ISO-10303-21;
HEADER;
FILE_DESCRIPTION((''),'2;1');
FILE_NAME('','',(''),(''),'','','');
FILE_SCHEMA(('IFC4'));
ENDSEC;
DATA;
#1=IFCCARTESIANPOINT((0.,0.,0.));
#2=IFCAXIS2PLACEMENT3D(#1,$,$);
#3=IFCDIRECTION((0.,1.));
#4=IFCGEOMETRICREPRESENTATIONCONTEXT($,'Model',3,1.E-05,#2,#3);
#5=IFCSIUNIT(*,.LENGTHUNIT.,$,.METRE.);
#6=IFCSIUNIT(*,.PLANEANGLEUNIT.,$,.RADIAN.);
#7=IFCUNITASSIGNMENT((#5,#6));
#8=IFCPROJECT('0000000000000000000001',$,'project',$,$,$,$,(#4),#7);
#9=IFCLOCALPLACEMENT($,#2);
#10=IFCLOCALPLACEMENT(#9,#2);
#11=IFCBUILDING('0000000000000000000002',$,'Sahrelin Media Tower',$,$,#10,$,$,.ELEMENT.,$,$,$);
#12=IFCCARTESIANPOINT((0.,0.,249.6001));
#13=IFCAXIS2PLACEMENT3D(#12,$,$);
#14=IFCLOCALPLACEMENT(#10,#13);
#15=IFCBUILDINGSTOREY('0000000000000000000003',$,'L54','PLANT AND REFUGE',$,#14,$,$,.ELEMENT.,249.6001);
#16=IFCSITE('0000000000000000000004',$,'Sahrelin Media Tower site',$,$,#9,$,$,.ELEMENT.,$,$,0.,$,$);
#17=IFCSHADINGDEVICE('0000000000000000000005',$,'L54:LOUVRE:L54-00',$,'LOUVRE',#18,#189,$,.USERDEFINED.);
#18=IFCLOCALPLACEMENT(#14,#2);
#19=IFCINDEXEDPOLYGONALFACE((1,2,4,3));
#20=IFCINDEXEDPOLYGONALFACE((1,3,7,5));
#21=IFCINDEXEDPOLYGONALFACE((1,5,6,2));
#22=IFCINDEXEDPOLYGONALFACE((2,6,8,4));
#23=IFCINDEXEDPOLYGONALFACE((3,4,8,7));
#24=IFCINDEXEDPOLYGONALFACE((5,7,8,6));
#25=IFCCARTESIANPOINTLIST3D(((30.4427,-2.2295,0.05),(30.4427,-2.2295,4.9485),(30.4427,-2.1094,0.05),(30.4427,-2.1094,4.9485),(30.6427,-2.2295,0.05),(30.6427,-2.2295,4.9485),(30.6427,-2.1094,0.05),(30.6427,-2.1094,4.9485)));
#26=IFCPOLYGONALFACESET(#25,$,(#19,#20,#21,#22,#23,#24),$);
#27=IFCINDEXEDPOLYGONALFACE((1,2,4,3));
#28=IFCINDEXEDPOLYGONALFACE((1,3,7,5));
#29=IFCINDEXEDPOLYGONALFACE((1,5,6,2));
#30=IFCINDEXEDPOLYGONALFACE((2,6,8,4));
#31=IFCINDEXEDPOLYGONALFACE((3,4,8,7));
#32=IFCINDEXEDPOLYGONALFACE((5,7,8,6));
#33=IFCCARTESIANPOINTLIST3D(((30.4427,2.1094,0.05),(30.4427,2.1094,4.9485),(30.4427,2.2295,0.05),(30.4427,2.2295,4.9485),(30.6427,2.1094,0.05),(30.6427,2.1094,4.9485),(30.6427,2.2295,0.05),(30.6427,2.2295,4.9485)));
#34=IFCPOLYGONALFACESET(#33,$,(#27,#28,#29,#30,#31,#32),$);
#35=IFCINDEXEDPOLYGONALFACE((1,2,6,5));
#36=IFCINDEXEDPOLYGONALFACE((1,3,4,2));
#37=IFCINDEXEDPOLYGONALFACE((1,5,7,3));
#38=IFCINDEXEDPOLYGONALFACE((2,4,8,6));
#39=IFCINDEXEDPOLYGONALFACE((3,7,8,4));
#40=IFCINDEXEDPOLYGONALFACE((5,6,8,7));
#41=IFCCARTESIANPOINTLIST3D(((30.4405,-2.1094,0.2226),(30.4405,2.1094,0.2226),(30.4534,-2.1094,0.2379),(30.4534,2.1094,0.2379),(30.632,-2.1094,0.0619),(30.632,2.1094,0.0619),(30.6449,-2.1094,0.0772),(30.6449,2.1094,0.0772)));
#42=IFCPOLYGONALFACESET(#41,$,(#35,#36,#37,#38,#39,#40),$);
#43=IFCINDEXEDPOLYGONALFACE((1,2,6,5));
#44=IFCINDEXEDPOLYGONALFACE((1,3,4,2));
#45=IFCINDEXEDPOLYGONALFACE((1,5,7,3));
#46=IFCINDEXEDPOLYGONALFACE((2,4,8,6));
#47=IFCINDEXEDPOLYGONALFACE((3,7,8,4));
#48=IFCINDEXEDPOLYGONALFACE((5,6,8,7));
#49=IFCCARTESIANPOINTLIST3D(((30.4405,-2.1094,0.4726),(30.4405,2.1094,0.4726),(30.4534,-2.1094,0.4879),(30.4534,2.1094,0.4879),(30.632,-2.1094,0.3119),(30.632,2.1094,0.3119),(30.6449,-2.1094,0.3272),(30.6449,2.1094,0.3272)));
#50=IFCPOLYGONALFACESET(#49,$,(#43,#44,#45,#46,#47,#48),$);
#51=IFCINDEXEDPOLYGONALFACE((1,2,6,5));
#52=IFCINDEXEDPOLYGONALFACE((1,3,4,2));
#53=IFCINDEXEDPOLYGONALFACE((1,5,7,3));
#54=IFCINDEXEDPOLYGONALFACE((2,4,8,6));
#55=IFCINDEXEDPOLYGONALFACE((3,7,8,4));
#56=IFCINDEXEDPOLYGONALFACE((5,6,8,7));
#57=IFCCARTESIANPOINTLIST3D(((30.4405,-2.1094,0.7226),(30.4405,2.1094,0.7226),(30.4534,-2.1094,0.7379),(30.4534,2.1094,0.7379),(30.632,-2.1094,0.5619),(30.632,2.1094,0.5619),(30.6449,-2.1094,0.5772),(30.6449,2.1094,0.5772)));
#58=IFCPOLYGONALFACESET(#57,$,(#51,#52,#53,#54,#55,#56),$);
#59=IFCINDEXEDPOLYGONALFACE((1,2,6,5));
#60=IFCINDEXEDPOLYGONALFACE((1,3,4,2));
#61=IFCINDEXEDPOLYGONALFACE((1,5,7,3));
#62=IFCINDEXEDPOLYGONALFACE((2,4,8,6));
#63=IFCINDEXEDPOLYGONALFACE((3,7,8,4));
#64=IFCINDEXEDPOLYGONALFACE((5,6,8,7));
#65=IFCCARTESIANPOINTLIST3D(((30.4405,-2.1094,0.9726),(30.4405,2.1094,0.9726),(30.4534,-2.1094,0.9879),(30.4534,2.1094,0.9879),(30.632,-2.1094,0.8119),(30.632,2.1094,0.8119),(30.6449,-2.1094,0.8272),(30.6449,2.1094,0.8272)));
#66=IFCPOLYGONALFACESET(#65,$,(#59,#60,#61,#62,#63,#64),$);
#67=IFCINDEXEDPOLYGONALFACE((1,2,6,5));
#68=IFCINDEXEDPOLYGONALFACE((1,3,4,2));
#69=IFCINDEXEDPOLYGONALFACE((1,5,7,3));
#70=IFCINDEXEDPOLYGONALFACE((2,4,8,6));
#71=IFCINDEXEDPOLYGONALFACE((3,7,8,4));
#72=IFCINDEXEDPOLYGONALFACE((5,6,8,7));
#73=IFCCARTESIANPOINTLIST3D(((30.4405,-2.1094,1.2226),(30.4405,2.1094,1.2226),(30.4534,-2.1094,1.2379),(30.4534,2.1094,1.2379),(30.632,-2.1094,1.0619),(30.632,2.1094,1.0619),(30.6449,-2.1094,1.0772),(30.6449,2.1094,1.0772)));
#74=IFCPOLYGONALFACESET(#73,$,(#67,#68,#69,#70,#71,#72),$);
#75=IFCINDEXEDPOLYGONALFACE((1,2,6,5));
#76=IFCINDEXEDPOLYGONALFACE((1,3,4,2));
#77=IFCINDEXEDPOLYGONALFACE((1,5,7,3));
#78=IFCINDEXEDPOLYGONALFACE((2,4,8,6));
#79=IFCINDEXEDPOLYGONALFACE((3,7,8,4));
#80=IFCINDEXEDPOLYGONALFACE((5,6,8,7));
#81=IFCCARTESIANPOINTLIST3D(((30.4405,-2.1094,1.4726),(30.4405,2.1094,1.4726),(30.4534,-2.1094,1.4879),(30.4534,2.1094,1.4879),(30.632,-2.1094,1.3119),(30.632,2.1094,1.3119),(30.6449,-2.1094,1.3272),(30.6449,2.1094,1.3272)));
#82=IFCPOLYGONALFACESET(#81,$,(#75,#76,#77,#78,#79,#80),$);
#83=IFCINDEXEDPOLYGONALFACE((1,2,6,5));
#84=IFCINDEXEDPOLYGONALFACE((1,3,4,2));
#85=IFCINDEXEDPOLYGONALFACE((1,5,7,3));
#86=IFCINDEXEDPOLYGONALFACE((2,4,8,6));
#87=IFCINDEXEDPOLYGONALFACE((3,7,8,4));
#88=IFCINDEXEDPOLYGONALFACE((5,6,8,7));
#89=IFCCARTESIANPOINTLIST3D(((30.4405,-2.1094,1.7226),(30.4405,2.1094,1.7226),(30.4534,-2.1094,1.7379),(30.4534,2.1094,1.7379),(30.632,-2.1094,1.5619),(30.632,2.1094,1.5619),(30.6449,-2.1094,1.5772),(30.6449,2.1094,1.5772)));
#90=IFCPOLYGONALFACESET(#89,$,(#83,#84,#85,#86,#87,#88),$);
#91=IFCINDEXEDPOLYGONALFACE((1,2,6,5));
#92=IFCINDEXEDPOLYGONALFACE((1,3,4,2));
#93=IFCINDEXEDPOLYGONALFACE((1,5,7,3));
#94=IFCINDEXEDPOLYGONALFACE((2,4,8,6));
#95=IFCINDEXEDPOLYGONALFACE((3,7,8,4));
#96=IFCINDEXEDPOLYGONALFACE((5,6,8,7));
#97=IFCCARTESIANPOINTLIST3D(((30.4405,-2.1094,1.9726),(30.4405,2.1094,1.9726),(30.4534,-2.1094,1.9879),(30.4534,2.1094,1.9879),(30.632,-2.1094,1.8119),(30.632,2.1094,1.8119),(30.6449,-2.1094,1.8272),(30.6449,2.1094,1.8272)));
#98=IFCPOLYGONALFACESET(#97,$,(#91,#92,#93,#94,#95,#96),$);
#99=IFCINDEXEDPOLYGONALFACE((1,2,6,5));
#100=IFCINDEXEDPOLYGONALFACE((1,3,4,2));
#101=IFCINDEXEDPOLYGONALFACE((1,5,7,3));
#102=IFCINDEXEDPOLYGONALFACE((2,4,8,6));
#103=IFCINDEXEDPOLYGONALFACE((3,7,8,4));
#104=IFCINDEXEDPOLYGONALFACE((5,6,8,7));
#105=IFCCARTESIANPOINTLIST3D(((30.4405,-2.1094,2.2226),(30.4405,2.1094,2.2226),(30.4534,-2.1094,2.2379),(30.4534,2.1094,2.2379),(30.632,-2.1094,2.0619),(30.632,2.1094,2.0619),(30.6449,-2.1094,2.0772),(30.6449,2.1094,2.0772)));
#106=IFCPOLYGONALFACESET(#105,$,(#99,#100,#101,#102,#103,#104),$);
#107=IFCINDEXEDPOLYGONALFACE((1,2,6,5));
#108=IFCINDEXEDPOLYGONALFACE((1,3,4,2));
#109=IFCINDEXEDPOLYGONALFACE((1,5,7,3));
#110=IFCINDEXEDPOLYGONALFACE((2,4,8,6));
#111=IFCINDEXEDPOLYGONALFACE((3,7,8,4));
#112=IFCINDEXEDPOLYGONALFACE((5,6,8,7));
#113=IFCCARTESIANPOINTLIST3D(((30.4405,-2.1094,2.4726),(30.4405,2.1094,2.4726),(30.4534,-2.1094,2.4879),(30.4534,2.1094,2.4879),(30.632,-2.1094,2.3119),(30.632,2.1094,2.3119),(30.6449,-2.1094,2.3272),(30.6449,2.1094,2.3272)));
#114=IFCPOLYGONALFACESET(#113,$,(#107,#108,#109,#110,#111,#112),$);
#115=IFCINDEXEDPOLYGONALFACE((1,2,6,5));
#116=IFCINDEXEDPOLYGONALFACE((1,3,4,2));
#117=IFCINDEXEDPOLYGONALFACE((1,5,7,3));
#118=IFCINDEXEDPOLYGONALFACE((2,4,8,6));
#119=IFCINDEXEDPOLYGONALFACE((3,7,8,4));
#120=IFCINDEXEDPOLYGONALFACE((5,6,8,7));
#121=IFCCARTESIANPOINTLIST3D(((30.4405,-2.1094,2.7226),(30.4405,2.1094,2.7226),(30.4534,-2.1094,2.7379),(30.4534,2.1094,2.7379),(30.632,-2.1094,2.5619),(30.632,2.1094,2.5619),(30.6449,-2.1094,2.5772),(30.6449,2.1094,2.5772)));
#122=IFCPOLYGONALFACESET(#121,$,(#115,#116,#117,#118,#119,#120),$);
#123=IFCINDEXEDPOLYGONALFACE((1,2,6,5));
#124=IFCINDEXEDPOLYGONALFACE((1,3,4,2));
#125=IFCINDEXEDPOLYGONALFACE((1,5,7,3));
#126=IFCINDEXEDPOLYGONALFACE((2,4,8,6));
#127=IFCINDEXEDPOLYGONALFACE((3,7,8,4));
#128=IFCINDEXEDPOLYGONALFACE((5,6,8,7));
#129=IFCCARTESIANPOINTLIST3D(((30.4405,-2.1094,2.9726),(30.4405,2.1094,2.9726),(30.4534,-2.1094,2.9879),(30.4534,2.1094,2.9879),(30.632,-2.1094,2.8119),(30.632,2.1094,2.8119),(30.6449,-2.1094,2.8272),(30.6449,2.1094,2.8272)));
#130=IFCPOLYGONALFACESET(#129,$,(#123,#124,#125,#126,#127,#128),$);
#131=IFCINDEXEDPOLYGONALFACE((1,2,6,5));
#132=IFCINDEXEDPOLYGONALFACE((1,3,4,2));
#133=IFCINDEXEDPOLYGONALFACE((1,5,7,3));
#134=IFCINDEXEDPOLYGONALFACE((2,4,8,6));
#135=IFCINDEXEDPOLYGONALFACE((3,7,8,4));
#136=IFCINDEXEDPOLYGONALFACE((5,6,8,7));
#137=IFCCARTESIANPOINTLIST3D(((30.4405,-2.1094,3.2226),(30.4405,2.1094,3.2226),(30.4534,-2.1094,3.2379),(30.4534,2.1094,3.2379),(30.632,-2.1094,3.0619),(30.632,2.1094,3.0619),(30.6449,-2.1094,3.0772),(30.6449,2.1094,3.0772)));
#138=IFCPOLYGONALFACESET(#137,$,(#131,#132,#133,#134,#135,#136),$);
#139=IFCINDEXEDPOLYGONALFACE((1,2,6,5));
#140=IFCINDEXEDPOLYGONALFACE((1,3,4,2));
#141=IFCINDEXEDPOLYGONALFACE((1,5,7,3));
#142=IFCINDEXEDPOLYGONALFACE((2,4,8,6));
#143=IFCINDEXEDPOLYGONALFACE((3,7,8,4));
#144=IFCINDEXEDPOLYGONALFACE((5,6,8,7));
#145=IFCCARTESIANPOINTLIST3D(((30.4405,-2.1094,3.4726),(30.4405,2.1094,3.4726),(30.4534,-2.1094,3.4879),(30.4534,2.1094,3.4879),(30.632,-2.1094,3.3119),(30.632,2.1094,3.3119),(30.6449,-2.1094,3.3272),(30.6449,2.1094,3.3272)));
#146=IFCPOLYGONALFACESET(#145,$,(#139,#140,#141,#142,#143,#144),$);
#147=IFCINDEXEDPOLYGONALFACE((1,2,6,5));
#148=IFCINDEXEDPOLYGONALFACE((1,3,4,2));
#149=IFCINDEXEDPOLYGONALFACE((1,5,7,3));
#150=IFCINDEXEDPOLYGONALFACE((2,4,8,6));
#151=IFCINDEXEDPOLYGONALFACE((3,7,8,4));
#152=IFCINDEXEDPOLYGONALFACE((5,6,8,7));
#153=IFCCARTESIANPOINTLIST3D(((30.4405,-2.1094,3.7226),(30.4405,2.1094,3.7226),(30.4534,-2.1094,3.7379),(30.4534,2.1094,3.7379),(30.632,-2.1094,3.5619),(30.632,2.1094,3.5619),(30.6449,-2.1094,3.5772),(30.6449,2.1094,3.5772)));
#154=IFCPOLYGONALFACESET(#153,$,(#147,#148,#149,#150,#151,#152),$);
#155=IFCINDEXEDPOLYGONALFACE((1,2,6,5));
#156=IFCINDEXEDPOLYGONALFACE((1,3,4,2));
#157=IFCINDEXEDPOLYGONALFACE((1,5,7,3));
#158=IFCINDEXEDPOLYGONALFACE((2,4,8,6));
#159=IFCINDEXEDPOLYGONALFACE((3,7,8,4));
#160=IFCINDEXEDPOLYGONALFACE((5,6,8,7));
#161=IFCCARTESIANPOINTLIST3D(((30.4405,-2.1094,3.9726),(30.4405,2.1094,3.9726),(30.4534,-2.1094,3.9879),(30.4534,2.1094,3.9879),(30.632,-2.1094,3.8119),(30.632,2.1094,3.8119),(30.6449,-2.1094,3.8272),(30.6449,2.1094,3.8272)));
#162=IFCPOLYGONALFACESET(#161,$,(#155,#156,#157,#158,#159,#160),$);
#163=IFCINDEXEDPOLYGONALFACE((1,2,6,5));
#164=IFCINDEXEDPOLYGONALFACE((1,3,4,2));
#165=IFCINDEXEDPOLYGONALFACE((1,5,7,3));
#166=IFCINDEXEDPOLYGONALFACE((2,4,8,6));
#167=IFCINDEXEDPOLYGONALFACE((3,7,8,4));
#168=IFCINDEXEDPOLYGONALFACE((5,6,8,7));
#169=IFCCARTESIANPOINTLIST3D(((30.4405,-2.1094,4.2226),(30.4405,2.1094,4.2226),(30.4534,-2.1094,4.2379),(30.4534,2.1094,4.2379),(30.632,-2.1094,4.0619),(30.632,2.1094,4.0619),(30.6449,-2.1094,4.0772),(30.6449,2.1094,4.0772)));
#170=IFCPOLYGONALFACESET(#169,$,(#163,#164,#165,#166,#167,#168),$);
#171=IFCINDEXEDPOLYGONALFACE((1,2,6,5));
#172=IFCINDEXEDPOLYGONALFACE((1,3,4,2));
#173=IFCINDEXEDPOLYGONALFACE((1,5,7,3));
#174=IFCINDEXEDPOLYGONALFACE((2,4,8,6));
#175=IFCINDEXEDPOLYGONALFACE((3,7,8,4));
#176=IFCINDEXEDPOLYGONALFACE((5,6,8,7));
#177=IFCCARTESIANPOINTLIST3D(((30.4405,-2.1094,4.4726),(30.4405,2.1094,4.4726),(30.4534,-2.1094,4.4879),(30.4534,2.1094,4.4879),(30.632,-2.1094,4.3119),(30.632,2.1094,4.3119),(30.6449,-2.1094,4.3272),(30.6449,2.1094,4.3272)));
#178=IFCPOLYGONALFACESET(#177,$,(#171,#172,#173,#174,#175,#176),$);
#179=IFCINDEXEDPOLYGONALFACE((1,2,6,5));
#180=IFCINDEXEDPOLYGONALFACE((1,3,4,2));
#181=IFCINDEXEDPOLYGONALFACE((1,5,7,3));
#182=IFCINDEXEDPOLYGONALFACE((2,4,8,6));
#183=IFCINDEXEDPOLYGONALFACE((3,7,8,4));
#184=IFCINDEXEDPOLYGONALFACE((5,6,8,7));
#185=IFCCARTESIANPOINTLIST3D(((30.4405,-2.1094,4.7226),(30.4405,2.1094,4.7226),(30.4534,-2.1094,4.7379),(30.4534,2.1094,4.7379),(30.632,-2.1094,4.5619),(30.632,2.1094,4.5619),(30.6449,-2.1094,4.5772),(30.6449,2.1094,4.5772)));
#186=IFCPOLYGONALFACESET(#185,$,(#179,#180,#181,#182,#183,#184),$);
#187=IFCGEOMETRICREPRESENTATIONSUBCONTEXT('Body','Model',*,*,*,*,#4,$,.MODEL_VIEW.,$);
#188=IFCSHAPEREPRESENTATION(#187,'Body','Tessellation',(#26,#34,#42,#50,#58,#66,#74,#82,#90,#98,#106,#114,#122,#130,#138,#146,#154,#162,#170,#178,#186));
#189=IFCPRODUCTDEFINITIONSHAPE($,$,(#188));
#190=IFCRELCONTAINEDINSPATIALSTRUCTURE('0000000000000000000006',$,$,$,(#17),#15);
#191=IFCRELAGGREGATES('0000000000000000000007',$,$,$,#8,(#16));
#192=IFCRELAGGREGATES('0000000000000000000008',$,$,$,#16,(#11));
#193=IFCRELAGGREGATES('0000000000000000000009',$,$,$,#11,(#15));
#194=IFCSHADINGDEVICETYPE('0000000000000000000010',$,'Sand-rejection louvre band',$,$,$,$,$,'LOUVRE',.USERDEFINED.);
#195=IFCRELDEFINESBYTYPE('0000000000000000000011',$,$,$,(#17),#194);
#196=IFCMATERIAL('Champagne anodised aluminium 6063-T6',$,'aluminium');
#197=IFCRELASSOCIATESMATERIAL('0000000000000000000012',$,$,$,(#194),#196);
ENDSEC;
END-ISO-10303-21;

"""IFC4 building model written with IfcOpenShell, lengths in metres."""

from ifc_helpers import new_model, si_unit, direction, frame, origin, origin_2d, place, context, subcontext, project, spatial, rectangle, extrude, material, type_object, element, save


model = new_model("IFC4")

# Units and contexts
model_context = context("Model", 3, precision=1e-05, world=origin(), true_north=direction((0.0, 1.0)))
body_context = subcontext(model_context, "Body", "Model", "MODEL_VIEW")
ifc_project = project(units=[si_unit("LENGTHUNIT", "METRE"), si_unit("PLANEANGLEUNIT", "RADIAN")], contexts=[model_context])

# Site, building, storey
site_placement = place(None, origin())
site = spatial("IfcSite", under=ifc_project, at=site_placement, Name="Sahrelin Media Tower site", CompositionType="ELEMENT", RefElevation=0.0)
building_placement = place(site_placement, origin())
building = spatial("IfcBuilding", under=site, at=building_placement, Name="Sahrelin Media Tower", CompositionType="ELEMENT")
storey_placement = place(building_placement, frame((0.0, 0.0, 249.6001)))
storey = spatial("IfcBuildingStorey", under=building, at=storey_placement, Name="L54", Description="PLANT AND REFUGE", CompositionType="ELEMENT", Elevation=249.6001)

# Shading device
ifc_material_1 = material(Name="Champagne anodised aluminium 6063-T6", Category="aluminium")
shading_device_type = type_object("IfcShadingDeviceType", Name="Sand-rejection louvre band", ElementType="LOUVRE", PredefinedType="USERDEFINED", material=ifc_material_1)
shading_device_1_placement = place(storey_placement, frame((30.4426, 0.0, 0.0), z_axis=(0.0, 0.0, 1.0), x_axis=(0.0, -1.0, 0.0)))
element("IfcShadingDevice", 1, at=shading_device_1_placement, inside=storey, type_object=shading_device_type, Name="L54:LOUVRE:L54-00", ObjectType="LOUVRE", PredefinedType="USERDEFINED", context=body_context, shape_type="SweptSolid", body=[
    extrude(rectangle(XDim=0.1201, YDim=0.2, at=origin_2d()), frame((2.1694, 0.1001, 0.05), z_axis=(0.0, 0.0, 1.0), x_axis=(1.0, 0.0, 0.0)), (0.0, 0.0, 1.0), 4.8984),
    extrude(rectangle(XDim=0.1201, YDim=0.2, at=origin_2d()), frame((-2.1694, 0.1001, 0.05), z_axis=(0.0, 0.0, 1.0), x_axis=(1.0, 0.0, 0.0)), (0.0, 0.0, 1.0), 4.8984),
    extrude(rectangle(XDim=0.25, YDim=0.02, at=origin_2d()), frame((2.1094, 0.1001, 0.1499), z_axis=(-1.0, 0.0, 0.0), x_axis=(0.0, -0.766044, 0.642788)), (0.0, 0.0, 1.0), 4.2188),
    extrude(rectangle(XDim=0.25, YDim=0.02, at=origin_2d()), frame((2.1094, 0.1001, 0.3999), z_axis=(-1.0, 0.0, 0.0), x_axis=(0.0, -0.766044, 0.642788)), (0.0, 0.0, 1.0), 4.2188),
    extrude(rectangle(XDim=0.25, YDim=0.02, at=origin_2d()), frame((2.1094, 0.1001, 0.6499), z_axis=(-1.0, 0.0, 0.0), x_axis=(0.0, -0.766044, 0.642788)), (0.0, 0.0, 1.0), 4.2188),
    extrude(rectangle(XDim=0.25, YDim=0.02, at=origin_2d()), frame((2.1094, 0.1001, 0.8999), z_axis=(-1.0, 0.0, 0.0), x_axis=(0.0, -0.766044, 0.642788)), (0.0, 0.0, 1.0), 4.2188),
    extrude(rectangle(XDim=0.25, YDim=0.02, at=origin_2d()), frame((2.1094, 0.1001, 1.1499), z_axis=(-1.0, 0.0, 0.0), x_axis=(0.0, -0.766044, 0.642788)), (0.0, 0.0, 1.0), 4.2188),
    extrude(rectangle(XDim=0.25, YDim=0.02, at=origin_2d()), frame((2.1094, 0.1001, 1.3999), z_axis=(-1.0, 0.0, 0.0), x_axis=(0.0, -0.766044, 0.642788)), (0.0, 0.0, 1.0), 4.2188),
    extrude(rectangle(XDim=0.25, YDim=0.02, at=origin_2d()), frame((2.1094, 0.1001, 1.6499), z_axis=(-1.0, 0.0, 0.0), x_axis=(0.0, -0.766044, 0.642788)), (0.0, 0.0, 1.0), 4.2188),
    extrude(rectangle(XDim=0.25, YDim=0.02, at=origin_2d()), frame((2.1094, 0.1001, 1.8999), z_axis=(-1.0, 0.0, 0.0), x_axis=(0.0, -0.766044, 0.642788)), (0.0, 0.0, 1.0), 4.2188),
    extrude(rectangle(XDim=0.25, YDim=0.02, at=origin_2d()), frame((2.1094, 0.1001, 2.1499), z_axis=(-1.0, 0.0, 0.0), x_axis=(0.0, -0.766044, 0.642788)), (0.0, 0.0, 1.0), 4.2188),
    extrude(rectangle(XDim=0.25, YDim=0.02, at=origin_2d()), frame((2.1094, 0.1001, 2.3999), z_axis=(-1.0, 0.0, 0.0), x_axis=(0.0, -0.766044, 0.642788)), (0.0, 0.0, 1.0), 4.2188),
    extrude(rectangle(XDim=0.25, YDim=0.02, at=origin_2d()), frame((2.1094, 0.1001, 2.6499), z_axis=(-1.0, 0.0, 0.0), x_axis=(0.0, -0.766044, 0.642788)), (0.0, 0.0, 1.0), 4.2188),
    extrude(rectangle(XDim=0.25, YDim=0.02, at=origin_2d()), frame((2.1094, 0.1001, 2.8999), z_axis=(-1.0, 0.0, 0.0), x_axis=(0.0, -0.766044, 0.642788)), (0.0, 0.0, 1.0), 4.2188),
    extrude(rectangle(XDim=0.25, YDim=0.02, at=origin_2d()), frame((2.1094, 0.1001, 3.1499), z_axis=(-1.0, 0.0, 0.0), x_axis=(0.0, -0.766044, 0.642788)), (0.0, 0.0, 1.0), 4.2188),
    extrude(rectangle(XDim=0.25, YDim=0.02, at=origin_2d()), frame((2.1094, 0.1001, 3.3999), z_axis=(-1.0, 0.0, 0.0), x_axis=(0.0, -0.766044, 0.642788)), (0.0, 0.0, 1.0), 4.2188),
    extrude(rectangle(XDim=0.25, YDim=0.02, at=origin_2d()), frame((2.1094, 0.1001, 3.6499), z_axis=(-1.0, 0.0, 0.0), x_axis=(0.0, -0.766044, 0.642788)), (0.0, 0.0, 1.0), 4.2188),
    extrude(rectangle(XDim=0.25, YDim=0.02, at=origin_2d()), frame((2.1094, 0.1001, 3.8999), z_axis=(-1.0, 0.0, 0.0), x_axis=(0.0, -0.766044, 0.642788)), (0.0, 0.0, 1.0), 4.2188),
    extrude(rectangle(XDim=0.25, YDim=0.02, at=origin_2d()), frame((2.1094, 0.1001, 4.1499), z_axis=(-1.0, 0.0, 0.0), x_axis=(0.0, -0.766044, 0.642788)), (0.0, 0.0, 1.0), 4.2188),
    extrude(rectangle(XDim=0.25, YDim=0.02, at=origin_2d()), frame((2.1094, 0.1001, 4.3999), z_axis=(-1.0, 0.0, 0.0), x_axis=(0.0, -0.766044, 0.642788)), (0.0, 0.0, 1.0), 4.2188),
    extrude(rectangle(XDim=0.25, YDim=0.02, at=origin_2d()), frame((2.1094, 0.1001, 4.6499), z_axis=(-1.0, 0.0, 0.0), x_axis=(0.0, -0.766044, 0.642788)), (0.0, 0.0, 1.0), 4.2188),
])

save(model, "model.ifc")
